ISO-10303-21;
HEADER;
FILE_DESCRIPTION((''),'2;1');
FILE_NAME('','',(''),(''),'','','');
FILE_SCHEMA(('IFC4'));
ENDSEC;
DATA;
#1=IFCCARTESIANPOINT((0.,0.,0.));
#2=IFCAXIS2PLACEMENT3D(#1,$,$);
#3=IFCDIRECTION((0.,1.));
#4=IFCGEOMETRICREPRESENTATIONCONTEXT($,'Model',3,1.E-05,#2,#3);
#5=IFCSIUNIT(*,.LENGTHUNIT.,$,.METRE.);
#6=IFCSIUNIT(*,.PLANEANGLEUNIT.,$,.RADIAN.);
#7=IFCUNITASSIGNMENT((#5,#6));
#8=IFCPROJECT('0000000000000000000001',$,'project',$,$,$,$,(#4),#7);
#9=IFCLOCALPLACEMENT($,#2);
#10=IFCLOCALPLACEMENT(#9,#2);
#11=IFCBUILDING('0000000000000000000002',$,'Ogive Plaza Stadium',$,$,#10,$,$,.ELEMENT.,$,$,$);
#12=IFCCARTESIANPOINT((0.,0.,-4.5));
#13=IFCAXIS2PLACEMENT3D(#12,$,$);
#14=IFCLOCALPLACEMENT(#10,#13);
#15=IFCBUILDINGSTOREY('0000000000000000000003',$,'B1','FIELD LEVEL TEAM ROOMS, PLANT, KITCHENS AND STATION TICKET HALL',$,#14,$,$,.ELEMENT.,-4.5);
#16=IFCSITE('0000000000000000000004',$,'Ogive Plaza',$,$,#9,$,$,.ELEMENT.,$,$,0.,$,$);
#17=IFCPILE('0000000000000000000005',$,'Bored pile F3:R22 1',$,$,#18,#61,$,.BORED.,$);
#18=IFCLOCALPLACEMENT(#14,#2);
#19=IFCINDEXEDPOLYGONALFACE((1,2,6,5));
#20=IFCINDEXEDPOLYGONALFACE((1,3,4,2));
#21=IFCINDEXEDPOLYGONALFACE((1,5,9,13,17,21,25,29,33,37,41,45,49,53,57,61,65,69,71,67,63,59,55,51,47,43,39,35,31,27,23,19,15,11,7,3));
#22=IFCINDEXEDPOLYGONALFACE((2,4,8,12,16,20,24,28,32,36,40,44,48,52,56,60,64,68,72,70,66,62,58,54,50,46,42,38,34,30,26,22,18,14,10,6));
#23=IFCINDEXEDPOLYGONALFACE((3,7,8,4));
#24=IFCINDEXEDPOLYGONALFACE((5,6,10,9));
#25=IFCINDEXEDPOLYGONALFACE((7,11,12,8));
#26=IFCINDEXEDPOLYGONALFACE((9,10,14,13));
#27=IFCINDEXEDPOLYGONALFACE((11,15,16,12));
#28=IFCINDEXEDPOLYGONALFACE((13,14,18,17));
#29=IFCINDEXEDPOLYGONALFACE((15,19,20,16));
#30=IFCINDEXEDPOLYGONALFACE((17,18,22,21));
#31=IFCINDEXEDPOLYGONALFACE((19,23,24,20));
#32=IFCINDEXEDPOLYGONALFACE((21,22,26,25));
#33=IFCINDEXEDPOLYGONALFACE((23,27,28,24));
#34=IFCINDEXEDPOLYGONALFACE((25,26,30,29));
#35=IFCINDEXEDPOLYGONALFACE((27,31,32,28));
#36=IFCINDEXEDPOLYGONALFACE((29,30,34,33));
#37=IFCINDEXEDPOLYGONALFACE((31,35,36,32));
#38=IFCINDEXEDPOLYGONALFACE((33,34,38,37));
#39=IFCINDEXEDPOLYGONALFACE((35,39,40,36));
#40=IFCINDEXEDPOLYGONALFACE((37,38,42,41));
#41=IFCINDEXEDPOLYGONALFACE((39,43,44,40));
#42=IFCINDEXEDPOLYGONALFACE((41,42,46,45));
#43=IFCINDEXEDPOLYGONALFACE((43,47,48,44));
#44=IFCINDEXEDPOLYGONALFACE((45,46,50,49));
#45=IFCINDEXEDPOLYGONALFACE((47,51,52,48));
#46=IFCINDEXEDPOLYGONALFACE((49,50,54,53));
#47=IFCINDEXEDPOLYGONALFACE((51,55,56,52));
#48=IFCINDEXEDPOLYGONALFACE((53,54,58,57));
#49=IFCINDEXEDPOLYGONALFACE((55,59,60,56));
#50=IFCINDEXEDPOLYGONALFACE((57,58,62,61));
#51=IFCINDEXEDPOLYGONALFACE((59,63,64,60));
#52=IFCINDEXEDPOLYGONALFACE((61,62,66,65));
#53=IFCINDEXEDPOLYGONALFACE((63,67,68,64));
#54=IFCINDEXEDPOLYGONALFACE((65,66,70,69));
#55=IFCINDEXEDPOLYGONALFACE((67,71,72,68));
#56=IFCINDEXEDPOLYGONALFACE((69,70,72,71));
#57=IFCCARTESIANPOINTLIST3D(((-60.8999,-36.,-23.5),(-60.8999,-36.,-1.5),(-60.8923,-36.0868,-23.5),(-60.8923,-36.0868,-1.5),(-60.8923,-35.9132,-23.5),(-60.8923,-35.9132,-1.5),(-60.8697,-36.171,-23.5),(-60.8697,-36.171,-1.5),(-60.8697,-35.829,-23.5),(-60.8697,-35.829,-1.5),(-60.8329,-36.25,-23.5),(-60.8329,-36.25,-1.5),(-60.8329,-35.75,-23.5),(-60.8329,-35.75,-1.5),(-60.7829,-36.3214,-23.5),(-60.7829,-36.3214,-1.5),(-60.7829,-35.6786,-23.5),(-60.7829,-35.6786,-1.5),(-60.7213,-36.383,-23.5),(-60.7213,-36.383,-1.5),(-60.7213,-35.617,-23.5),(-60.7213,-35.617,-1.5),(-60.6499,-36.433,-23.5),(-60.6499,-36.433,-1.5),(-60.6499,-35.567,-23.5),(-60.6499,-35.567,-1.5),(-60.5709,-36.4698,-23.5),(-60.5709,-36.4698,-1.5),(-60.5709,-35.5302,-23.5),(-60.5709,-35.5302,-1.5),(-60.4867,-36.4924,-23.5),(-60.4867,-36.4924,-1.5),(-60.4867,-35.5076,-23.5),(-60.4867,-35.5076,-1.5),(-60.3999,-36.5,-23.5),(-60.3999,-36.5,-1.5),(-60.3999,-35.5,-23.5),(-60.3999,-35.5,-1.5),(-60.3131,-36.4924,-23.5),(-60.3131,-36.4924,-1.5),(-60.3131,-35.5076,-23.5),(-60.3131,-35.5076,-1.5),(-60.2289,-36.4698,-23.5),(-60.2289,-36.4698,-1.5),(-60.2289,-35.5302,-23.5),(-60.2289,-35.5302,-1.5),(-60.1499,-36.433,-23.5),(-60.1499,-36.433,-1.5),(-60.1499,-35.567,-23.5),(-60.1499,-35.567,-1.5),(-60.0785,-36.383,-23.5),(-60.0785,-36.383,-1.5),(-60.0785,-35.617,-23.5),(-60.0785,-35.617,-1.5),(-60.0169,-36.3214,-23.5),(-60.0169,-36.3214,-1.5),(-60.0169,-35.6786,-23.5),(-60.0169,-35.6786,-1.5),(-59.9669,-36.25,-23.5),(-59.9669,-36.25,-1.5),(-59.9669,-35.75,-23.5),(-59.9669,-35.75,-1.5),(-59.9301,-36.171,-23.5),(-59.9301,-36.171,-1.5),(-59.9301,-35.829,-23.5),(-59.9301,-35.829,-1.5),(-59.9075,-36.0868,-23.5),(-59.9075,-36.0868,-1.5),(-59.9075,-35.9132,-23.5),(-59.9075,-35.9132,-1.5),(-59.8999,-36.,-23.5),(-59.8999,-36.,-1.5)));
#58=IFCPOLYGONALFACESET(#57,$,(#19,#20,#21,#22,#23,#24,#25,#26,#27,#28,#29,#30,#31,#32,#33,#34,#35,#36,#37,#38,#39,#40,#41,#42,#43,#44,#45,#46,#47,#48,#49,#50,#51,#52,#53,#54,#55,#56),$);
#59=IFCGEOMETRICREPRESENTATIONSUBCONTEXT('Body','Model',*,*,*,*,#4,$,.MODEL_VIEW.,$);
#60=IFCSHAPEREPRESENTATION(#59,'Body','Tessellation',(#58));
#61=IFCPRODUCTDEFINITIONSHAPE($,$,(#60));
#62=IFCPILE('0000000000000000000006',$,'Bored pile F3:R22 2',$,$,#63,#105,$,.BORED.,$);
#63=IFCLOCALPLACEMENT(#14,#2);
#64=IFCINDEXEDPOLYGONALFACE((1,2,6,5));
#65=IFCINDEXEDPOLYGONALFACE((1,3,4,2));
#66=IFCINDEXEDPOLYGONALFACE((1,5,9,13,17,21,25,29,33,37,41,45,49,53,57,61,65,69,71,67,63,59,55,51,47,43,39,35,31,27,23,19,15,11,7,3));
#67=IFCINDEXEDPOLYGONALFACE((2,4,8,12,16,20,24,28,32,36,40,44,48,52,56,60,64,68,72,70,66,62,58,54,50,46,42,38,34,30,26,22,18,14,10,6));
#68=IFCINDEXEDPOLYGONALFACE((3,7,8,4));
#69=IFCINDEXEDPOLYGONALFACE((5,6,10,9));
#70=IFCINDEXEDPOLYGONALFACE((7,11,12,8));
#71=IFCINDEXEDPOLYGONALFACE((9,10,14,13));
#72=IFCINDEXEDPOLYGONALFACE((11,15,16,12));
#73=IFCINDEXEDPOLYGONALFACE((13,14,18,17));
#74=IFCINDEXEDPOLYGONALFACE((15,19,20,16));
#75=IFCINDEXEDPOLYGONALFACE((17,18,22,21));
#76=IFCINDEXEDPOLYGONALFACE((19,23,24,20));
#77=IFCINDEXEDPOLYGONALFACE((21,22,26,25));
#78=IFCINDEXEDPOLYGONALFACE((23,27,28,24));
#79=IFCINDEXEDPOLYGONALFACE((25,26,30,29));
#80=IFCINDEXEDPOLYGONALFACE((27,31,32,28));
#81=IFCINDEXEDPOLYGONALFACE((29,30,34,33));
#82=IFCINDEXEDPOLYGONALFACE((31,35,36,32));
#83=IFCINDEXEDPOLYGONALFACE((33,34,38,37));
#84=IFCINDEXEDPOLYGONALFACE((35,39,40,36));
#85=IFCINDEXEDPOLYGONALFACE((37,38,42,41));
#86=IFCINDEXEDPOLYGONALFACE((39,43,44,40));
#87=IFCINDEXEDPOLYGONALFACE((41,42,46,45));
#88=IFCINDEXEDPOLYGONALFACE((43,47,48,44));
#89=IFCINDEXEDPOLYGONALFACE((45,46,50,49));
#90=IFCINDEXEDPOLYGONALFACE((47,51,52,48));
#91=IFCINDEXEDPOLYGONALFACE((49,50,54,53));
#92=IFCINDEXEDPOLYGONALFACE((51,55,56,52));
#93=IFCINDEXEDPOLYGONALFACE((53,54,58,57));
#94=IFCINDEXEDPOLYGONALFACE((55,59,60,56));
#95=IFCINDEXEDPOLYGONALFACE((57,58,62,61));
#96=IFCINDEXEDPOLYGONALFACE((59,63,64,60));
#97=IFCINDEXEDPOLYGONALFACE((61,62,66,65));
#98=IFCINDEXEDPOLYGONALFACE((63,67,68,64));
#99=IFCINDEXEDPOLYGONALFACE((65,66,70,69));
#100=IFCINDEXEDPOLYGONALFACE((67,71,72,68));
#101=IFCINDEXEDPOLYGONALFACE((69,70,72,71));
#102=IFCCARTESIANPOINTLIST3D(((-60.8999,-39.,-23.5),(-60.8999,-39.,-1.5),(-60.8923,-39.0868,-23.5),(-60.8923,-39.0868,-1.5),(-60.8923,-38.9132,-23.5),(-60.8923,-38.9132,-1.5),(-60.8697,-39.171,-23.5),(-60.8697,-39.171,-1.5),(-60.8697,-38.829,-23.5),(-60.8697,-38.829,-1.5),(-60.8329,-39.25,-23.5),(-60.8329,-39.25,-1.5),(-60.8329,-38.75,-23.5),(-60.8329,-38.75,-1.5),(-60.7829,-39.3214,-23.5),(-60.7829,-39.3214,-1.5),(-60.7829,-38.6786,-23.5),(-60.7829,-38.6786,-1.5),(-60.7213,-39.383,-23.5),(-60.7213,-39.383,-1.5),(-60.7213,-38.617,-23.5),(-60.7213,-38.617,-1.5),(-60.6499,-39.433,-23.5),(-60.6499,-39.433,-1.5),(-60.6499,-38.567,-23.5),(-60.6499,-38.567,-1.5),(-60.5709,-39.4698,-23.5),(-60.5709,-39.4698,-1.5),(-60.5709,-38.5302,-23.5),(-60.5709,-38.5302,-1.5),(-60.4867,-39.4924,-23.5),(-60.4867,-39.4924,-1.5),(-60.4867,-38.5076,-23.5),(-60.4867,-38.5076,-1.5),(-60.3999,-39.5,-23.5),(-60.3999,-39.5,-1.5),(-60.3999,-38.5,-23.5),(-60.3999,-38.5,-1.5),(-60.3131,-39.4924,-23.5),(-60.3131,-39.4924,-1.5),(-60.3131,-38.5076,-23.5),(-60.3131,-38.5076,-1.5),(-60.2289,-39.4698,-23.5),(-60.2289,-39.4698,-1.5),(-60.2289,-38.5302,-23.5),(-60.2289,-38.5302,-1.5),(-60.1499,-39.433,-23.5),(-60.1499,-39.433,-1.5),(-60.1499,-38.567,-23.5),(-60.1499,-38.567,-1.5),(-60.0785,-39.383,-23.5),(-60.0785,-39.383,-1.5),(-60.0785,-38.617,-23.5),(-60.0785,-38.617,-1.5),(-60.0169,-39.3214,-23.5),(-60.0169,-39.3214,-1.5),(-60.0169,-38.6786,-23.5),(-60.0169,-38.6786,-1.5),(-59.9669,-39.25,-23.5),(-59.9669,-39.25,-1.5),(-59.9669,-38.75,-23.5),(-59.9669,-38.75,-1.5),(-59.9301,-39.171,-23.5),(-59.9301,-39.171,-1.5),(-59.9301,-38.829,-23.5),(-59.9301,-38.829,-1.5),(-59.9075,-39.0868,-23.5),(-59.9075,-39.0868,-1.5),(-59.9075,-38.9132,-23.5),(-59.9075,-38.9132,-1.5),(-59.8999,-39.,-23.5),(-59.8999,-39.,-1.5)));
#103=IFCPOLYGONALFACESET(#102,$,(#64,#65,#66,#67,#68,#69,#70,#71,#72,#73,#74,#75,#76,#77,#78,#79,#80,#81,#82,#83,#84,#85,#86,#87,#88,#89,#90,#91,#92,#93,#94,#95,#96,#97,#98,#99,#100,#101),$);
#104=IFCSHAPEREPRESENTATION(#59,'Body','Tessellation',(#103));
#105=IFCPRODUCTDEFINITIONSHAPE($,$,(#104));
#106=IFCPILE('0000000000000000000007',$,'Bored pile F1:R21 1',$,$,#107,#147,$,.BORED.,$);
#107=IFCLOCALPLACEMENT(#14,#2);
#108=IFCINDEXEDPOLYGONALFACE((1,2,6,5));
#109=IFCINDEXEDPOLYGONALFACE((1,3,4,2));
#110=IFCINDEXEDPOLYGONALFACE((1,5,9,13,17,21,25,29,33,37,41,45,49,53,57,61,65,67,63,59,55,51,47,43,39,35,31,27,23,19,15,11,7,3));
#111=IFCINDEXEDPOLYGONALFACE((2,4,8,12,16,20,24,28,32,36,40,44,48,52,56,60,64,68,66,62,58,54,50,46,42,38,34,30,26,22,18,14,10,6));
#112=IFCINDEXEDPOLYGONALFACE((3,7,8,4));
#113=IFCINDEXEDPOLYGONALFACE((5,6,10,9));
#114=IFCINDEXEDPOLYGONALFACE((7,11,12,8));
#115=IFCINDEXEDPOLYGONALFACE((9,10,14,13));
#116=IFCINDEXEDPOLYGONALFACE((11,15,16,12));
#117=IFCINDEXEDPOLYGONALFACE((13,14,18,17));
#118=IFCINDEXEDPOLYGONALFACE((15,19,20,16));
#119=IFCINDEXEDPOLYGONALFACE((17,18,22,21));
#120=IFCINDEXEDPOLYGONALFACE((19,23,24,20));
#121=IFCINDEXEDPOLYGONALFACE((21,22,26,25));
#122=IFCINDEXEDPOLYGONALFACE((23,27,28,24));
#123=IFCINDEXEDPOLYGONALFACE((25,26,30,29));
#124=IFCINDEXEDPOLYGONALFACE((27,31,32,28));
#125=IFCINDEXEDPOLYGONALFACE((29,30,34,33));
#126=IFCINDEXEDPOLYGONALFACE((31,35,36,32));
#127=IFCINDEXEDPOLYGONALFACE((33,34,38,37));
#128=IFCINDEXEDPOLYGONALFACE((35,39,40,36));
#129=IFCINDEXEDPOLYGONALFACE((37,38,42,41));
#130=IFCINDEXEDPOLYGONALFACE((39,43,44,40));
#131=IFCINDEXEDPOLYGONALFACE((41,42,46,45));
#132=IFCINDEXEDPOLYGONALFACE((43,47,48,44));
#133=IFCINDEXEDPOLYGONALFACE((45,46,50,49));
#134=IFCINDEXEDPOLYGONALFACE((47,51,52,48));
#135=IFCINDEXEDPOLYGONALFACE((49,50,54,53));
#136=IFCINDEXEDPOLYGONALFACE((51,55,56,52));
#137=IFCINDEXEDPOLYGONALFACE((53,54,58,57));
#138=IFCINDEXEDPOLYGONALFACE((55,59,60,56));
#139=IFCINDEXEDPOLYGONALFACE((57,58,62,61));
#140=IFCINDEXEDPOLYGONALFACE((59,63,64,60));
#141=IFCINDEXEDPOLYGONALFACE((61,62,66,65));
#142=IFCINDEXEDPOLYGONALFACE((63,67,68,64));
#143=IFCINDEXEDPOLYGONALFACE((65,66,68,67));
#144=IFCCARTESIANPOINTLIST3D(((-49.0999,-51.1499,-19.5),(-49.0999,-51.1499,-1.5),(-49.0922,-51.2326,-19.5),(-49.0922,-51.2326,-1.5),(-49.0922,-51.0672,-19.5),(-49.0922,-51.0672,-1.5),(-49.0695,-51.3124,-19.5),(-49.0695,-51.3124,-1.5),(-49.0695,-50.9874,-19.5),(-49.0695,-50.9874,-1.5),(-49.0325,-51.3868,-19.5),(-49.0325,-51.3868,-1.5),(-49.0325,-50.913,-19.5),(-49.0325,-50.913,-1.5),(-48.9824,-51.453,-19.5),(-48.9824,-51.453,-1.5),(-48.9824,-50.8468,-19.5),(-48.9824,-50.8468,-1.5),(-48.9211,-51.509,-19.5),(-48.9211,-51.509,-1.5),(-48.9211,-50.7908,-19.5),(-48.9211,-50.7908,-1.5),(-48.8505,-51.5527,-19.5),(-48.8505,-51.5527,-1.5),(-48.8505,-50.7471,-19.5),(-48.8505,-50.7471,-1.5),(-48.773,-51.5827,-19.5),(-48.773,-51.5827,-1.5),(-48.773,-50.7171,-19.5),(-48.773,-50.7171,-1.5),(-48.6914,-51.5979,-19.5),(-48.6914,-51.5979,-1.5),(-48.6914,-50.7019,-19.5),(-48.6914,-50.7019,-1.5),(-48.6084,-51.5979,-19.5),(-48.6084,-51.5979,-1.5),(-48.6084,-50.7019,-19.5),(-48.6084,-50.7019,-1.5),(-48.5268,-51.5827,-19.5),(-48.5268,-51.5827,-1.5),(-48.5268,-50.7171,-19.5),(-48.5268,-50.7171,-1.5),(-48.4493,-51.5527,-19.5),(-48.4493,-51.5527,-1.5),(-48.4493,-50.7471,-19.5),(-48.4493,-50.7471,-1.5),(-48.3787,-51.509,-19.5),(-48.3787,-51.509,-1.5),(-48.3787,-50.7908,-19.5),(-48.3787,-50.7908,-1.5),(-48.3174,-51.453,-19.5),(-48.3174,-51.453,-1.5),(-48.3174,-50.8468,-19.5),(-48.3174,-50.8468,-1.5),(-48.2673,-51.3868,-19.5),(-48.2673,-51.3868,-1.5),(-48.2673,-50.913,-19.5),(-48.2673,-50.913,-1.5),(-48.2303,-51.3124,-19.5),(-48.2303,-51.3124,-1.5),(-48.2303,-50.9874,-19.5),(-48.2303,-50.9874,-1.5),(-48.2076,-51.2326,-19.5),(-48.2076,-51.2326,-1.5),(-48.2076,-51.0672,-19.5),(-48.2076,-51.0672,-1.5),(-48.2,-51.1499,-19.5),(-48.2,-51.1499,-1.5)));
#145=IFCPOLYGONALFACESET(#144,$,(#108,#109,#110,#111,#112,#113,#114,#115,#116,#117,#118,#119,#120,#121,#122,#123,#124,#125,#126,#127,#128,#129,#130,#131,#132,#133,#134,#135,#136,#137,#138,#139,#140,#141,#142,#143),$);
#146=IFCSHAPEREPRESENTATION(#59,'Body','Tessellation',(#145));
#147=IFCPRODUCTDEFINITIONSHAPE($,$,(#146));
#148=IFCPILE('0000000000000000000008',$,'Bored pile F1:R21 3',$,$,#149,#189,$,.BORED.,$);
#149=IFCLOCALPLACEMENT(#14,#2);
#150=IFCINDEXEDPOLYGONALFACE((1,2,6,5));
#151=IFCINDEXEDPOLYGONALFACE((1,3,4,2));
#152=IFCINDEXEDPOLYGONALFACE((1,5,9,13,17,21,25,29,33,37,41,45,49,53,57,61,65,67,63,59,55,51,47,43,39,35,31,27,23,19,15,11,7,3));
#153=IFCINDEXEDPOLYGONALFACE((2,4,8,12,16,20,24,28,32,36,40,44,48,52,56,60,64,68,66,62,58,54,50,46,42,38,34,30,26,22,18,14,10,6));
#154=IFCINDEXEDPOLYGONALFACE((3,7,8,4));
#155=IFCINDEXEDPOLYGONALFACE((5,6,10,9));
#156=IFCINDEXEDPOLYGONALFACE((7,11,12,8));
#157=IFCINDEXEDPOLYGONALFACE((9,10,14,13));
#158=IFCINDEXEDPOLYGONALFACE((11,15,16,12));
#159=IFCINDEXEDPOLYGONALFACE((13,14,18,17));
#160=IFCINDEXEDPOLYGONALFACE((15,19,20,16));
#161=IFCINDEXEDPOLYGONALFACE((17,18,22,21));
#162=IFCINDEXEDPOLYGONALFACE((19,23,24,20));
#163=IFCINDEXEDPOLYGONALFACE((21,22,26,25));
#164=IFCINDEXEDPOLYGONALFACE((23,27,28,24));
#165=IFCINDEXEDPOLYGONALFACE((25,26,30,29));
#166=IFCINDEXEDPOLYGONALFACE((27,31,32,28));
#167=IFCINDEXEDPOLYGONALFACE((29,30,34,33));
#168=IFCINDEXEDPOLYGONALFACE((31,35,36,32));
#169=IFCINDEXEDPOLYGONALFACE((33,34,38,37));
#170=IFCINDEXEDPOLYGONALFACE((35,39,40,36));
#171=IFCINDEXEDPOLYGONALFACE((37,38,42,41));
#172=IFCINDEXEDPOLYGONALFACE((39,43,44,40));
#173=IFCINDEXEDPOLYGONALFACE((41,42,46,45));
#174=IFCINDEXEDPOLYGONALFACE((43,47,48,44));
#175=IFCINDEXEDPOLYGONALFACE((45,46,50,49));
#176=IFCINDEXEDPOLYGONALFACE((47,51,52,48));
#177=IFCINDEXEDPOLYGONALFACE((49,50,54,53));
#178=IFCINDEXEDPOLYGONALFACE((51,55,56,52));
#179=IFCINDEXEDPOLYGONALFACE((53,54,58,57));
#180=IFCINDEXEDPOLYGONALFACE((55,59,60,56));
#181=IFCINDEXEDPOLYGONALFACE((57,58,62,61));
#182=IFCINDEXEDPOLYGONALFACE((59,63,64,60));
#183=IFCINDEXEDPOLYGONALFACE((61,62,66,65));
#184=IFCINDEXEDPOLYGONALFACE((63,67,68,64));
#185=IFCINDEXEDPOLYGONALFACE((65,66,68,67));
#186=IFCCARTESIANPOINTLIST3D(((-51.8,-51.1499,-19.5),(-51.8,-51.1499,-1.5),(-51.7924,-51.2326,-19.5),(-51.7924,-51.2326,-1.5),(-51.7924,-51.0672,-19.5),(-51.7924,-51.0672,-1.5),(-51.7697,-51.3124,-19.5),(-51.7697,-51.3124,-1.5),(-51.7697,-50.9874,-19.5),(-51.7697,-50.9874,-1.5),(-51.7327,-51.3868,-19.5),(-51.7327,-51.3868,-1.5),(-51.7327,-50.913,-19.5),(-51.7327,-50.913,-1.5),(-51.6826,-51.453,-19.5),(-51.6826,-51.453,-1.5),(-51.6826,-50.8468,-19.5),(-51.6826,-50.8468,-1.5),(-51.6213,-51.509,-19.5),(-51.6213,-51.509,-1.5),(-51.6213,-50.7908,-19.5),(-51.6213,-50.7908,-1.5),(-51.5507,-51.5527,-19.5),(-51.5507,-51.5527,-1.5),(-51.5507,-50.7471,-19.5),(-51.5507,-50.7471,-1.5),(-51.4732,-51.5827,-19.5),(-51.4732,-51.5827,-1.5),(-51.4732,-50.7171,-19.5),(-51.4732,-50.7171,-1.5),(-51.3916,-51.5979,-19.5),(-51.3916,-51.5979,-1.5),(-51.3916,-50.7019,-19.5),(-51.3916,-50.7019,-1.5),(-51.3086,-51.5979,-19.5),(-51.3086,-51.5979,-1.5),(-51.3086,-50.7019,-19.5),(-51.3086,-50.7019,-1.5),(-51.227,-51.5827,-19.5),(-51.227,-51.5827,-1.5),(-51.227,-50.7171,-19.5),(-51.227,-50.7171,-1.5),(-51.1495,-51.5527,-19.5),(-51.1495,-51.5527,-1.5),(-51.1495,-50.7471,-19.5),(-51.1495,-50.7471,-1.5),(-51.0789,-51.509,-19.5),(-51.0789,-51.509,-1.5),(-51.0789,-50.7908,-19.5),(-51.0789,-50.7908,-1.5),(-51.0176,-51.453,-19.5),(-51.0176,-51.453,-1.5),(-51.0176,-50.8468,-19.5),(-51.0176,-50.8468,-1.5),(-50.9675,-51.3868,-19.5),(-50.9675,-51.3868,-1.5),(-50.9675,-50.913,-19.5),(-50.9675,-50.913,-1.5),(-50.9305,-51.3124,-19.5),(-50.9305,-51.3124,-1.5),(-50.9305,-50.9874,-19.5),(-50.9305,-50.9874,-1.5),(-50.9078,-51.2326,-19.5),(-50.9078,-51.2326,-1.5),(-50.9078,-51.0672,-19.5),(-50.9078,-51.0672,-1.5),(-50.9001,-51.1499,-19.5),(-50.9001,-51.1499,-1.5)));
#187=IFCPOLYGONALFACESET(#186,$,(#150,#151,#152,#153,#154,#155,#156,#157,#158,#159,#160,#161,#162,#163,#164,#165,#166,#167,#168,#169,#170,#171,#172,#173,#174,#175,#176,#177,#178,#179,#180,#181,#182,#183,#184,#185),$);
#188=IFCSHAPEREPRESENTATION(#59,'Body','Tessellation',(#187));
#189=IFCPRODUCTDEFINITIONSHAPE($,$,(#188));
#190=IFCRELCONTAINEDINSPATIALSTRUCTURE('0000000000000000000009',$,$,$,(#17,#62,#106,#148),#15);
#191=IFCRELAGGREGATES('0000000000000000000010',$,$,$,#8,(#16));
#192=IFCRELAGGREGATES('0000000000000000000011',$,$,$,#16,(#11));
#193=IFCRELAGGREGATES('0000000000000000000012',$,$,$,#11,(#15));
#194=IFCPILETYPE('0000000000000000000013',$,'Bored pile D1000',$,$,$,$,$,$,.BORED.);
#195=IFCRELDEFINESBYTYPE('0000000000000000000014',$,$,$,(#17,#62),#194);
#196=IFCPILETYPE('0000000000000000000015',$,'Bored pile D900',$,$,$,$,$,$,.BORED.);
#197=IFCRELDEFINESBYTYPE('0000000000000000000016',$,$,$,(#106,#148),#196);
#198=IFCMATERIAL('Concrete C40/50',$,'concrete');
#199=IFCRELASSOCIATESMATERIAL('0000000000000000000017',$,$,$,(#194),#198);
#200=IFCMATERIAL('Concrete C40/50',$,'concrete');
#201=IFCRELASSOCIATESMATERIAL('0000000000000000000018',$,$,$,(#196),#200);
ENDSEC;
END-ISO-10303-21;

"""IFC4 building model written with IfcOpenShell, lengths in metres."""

from ifc_helpers import new_model, si_unit, direction, frame, origin, origin_2d, place, context, subcontext, project, spatial, circle, extrude, material, material_profile, profile_set, type_object, element, save


model = new_model("IFC4")

# Units and contexts
model_context = context("Model", 3, precision=1e-05, world=origin(), true_north=direction((0.0, 1.0)))
body_context = subcontext(model_context, "Body", "Model", "MODEL_VIEW")
ifc_project = project(units=[si_unit("LENGTHUNIT", "METRE"), si_unit("PLANEANGLEUNIT", "RADIAN")], contexts=[model_context])

# Site, building, storey
site_placement = place(None, origin())
site = spatial("IfcSite", under=ifc_project, at=site_placement, Name="Ogive Plaza", CompositionType="ELEMENT", RefElevation=0.0)
building_placement = place(site_placement, origin())
building = spatial("IfcBuilding", under=site, at=building_placement, Name="Ogive Plaza Stadium", CompositionType="ELEMENT")
storey_placement = place(building_placement, frame((0.0, 0.0, -4.5)))
storey = spatial("IfcBuildingStorey", under=building, at=storey_placement, Name="B1", Description="FIELD LEVEL TEAM ROOMS, PLANT, KITCHENS AND STATION TICKET HALL", CompositionType="ELEMENT", Elevation=-4.5)

# Piles
ifc_material_1 = material(Name="Concrete C40/50", Category="concrete")
ifc_material_profile_1 = material_profile(ifc_material_1, circle(Radius=0.5, at=origin_2d()), Name="RC D1000")
ifc_profile_set_1 = profile_set([ifc_material_profile_1], Name="Concrete C40/50")
pile_type_1 = type_object("IfcPileType", Name="Bored pile D1000", PredefinedType="BORED", material=ifc_profile_set_1)
for number, where, z_axis, x_axis, name in (
    (1, (-60.3999, -36.0, -1.5), (0.0, 0.0, -1.0), (1.0, 0.0, 0.0), "Bored pile F3:R22 1"),
    (2, (-60.3999, -39.0, -1.5), (0.0, 0.0, -1.0), (1.0, 0.0, 0.0), "Bored pile F3:R22 2"),
):
    element("IfcPile", number, at=place(storey_placement, frame(where, z_axis=z_axis, x_axis=x_axis)), inside=storey, type_object=pile_type_1, Name=name, PredefinedType="BORED", context=body_context, shape_type="SweptSolid", body=[
        extrude(circle(Radius=0.5, at=origin_2d()), origin(), (0.0, 0.0, 1.0), 22.0),
    ])
ifc_material_2 = material(Name="Concrete C40/50", Category="concrete")
ifc_material_profile_2 = material_profile(ifc_material_2, circle(Radius=0.45, at=origin_2d()), Name="RC D900")
ifc_profile_set_2 = profile_set([ifc_material_profile_2], Name="Concrete C40/50")
pile_type_2 = type_object("IfcPileType", Name="Bored pile D900", PredefinedType="BORED", material=ifc_profile_set_2)
for number, where, z_axis, x_axis, name in (
    (3, (-48.6499, -51.1499, -1.5), (0.0, 0.0, -1.0), (1.0, 0.0, 0.0), "Bored pile F1:R21 1"),
    (4, (-51.3501, -51.1499, -1.5), (0.0, 0.0, -1.0), (1.0, 0.0, 0.0), "Bored pile F1:R21 3"),
):
    element("IfcPile", number, at=place(storey_placement, frame(where, z_axis=z_axis, x_axis=x_axis)), inside=storey, type_object=pile_type_2, Name=name, PredefinedType="BORED", context=body_context, shape_type="SweptSolid", body=[
        extrude(circle(Radius=0.45, at=origin_2d()), origin(), (0.0, 0.0, 1.0), 18.0),
    ])

save(model, "model.ifc")
